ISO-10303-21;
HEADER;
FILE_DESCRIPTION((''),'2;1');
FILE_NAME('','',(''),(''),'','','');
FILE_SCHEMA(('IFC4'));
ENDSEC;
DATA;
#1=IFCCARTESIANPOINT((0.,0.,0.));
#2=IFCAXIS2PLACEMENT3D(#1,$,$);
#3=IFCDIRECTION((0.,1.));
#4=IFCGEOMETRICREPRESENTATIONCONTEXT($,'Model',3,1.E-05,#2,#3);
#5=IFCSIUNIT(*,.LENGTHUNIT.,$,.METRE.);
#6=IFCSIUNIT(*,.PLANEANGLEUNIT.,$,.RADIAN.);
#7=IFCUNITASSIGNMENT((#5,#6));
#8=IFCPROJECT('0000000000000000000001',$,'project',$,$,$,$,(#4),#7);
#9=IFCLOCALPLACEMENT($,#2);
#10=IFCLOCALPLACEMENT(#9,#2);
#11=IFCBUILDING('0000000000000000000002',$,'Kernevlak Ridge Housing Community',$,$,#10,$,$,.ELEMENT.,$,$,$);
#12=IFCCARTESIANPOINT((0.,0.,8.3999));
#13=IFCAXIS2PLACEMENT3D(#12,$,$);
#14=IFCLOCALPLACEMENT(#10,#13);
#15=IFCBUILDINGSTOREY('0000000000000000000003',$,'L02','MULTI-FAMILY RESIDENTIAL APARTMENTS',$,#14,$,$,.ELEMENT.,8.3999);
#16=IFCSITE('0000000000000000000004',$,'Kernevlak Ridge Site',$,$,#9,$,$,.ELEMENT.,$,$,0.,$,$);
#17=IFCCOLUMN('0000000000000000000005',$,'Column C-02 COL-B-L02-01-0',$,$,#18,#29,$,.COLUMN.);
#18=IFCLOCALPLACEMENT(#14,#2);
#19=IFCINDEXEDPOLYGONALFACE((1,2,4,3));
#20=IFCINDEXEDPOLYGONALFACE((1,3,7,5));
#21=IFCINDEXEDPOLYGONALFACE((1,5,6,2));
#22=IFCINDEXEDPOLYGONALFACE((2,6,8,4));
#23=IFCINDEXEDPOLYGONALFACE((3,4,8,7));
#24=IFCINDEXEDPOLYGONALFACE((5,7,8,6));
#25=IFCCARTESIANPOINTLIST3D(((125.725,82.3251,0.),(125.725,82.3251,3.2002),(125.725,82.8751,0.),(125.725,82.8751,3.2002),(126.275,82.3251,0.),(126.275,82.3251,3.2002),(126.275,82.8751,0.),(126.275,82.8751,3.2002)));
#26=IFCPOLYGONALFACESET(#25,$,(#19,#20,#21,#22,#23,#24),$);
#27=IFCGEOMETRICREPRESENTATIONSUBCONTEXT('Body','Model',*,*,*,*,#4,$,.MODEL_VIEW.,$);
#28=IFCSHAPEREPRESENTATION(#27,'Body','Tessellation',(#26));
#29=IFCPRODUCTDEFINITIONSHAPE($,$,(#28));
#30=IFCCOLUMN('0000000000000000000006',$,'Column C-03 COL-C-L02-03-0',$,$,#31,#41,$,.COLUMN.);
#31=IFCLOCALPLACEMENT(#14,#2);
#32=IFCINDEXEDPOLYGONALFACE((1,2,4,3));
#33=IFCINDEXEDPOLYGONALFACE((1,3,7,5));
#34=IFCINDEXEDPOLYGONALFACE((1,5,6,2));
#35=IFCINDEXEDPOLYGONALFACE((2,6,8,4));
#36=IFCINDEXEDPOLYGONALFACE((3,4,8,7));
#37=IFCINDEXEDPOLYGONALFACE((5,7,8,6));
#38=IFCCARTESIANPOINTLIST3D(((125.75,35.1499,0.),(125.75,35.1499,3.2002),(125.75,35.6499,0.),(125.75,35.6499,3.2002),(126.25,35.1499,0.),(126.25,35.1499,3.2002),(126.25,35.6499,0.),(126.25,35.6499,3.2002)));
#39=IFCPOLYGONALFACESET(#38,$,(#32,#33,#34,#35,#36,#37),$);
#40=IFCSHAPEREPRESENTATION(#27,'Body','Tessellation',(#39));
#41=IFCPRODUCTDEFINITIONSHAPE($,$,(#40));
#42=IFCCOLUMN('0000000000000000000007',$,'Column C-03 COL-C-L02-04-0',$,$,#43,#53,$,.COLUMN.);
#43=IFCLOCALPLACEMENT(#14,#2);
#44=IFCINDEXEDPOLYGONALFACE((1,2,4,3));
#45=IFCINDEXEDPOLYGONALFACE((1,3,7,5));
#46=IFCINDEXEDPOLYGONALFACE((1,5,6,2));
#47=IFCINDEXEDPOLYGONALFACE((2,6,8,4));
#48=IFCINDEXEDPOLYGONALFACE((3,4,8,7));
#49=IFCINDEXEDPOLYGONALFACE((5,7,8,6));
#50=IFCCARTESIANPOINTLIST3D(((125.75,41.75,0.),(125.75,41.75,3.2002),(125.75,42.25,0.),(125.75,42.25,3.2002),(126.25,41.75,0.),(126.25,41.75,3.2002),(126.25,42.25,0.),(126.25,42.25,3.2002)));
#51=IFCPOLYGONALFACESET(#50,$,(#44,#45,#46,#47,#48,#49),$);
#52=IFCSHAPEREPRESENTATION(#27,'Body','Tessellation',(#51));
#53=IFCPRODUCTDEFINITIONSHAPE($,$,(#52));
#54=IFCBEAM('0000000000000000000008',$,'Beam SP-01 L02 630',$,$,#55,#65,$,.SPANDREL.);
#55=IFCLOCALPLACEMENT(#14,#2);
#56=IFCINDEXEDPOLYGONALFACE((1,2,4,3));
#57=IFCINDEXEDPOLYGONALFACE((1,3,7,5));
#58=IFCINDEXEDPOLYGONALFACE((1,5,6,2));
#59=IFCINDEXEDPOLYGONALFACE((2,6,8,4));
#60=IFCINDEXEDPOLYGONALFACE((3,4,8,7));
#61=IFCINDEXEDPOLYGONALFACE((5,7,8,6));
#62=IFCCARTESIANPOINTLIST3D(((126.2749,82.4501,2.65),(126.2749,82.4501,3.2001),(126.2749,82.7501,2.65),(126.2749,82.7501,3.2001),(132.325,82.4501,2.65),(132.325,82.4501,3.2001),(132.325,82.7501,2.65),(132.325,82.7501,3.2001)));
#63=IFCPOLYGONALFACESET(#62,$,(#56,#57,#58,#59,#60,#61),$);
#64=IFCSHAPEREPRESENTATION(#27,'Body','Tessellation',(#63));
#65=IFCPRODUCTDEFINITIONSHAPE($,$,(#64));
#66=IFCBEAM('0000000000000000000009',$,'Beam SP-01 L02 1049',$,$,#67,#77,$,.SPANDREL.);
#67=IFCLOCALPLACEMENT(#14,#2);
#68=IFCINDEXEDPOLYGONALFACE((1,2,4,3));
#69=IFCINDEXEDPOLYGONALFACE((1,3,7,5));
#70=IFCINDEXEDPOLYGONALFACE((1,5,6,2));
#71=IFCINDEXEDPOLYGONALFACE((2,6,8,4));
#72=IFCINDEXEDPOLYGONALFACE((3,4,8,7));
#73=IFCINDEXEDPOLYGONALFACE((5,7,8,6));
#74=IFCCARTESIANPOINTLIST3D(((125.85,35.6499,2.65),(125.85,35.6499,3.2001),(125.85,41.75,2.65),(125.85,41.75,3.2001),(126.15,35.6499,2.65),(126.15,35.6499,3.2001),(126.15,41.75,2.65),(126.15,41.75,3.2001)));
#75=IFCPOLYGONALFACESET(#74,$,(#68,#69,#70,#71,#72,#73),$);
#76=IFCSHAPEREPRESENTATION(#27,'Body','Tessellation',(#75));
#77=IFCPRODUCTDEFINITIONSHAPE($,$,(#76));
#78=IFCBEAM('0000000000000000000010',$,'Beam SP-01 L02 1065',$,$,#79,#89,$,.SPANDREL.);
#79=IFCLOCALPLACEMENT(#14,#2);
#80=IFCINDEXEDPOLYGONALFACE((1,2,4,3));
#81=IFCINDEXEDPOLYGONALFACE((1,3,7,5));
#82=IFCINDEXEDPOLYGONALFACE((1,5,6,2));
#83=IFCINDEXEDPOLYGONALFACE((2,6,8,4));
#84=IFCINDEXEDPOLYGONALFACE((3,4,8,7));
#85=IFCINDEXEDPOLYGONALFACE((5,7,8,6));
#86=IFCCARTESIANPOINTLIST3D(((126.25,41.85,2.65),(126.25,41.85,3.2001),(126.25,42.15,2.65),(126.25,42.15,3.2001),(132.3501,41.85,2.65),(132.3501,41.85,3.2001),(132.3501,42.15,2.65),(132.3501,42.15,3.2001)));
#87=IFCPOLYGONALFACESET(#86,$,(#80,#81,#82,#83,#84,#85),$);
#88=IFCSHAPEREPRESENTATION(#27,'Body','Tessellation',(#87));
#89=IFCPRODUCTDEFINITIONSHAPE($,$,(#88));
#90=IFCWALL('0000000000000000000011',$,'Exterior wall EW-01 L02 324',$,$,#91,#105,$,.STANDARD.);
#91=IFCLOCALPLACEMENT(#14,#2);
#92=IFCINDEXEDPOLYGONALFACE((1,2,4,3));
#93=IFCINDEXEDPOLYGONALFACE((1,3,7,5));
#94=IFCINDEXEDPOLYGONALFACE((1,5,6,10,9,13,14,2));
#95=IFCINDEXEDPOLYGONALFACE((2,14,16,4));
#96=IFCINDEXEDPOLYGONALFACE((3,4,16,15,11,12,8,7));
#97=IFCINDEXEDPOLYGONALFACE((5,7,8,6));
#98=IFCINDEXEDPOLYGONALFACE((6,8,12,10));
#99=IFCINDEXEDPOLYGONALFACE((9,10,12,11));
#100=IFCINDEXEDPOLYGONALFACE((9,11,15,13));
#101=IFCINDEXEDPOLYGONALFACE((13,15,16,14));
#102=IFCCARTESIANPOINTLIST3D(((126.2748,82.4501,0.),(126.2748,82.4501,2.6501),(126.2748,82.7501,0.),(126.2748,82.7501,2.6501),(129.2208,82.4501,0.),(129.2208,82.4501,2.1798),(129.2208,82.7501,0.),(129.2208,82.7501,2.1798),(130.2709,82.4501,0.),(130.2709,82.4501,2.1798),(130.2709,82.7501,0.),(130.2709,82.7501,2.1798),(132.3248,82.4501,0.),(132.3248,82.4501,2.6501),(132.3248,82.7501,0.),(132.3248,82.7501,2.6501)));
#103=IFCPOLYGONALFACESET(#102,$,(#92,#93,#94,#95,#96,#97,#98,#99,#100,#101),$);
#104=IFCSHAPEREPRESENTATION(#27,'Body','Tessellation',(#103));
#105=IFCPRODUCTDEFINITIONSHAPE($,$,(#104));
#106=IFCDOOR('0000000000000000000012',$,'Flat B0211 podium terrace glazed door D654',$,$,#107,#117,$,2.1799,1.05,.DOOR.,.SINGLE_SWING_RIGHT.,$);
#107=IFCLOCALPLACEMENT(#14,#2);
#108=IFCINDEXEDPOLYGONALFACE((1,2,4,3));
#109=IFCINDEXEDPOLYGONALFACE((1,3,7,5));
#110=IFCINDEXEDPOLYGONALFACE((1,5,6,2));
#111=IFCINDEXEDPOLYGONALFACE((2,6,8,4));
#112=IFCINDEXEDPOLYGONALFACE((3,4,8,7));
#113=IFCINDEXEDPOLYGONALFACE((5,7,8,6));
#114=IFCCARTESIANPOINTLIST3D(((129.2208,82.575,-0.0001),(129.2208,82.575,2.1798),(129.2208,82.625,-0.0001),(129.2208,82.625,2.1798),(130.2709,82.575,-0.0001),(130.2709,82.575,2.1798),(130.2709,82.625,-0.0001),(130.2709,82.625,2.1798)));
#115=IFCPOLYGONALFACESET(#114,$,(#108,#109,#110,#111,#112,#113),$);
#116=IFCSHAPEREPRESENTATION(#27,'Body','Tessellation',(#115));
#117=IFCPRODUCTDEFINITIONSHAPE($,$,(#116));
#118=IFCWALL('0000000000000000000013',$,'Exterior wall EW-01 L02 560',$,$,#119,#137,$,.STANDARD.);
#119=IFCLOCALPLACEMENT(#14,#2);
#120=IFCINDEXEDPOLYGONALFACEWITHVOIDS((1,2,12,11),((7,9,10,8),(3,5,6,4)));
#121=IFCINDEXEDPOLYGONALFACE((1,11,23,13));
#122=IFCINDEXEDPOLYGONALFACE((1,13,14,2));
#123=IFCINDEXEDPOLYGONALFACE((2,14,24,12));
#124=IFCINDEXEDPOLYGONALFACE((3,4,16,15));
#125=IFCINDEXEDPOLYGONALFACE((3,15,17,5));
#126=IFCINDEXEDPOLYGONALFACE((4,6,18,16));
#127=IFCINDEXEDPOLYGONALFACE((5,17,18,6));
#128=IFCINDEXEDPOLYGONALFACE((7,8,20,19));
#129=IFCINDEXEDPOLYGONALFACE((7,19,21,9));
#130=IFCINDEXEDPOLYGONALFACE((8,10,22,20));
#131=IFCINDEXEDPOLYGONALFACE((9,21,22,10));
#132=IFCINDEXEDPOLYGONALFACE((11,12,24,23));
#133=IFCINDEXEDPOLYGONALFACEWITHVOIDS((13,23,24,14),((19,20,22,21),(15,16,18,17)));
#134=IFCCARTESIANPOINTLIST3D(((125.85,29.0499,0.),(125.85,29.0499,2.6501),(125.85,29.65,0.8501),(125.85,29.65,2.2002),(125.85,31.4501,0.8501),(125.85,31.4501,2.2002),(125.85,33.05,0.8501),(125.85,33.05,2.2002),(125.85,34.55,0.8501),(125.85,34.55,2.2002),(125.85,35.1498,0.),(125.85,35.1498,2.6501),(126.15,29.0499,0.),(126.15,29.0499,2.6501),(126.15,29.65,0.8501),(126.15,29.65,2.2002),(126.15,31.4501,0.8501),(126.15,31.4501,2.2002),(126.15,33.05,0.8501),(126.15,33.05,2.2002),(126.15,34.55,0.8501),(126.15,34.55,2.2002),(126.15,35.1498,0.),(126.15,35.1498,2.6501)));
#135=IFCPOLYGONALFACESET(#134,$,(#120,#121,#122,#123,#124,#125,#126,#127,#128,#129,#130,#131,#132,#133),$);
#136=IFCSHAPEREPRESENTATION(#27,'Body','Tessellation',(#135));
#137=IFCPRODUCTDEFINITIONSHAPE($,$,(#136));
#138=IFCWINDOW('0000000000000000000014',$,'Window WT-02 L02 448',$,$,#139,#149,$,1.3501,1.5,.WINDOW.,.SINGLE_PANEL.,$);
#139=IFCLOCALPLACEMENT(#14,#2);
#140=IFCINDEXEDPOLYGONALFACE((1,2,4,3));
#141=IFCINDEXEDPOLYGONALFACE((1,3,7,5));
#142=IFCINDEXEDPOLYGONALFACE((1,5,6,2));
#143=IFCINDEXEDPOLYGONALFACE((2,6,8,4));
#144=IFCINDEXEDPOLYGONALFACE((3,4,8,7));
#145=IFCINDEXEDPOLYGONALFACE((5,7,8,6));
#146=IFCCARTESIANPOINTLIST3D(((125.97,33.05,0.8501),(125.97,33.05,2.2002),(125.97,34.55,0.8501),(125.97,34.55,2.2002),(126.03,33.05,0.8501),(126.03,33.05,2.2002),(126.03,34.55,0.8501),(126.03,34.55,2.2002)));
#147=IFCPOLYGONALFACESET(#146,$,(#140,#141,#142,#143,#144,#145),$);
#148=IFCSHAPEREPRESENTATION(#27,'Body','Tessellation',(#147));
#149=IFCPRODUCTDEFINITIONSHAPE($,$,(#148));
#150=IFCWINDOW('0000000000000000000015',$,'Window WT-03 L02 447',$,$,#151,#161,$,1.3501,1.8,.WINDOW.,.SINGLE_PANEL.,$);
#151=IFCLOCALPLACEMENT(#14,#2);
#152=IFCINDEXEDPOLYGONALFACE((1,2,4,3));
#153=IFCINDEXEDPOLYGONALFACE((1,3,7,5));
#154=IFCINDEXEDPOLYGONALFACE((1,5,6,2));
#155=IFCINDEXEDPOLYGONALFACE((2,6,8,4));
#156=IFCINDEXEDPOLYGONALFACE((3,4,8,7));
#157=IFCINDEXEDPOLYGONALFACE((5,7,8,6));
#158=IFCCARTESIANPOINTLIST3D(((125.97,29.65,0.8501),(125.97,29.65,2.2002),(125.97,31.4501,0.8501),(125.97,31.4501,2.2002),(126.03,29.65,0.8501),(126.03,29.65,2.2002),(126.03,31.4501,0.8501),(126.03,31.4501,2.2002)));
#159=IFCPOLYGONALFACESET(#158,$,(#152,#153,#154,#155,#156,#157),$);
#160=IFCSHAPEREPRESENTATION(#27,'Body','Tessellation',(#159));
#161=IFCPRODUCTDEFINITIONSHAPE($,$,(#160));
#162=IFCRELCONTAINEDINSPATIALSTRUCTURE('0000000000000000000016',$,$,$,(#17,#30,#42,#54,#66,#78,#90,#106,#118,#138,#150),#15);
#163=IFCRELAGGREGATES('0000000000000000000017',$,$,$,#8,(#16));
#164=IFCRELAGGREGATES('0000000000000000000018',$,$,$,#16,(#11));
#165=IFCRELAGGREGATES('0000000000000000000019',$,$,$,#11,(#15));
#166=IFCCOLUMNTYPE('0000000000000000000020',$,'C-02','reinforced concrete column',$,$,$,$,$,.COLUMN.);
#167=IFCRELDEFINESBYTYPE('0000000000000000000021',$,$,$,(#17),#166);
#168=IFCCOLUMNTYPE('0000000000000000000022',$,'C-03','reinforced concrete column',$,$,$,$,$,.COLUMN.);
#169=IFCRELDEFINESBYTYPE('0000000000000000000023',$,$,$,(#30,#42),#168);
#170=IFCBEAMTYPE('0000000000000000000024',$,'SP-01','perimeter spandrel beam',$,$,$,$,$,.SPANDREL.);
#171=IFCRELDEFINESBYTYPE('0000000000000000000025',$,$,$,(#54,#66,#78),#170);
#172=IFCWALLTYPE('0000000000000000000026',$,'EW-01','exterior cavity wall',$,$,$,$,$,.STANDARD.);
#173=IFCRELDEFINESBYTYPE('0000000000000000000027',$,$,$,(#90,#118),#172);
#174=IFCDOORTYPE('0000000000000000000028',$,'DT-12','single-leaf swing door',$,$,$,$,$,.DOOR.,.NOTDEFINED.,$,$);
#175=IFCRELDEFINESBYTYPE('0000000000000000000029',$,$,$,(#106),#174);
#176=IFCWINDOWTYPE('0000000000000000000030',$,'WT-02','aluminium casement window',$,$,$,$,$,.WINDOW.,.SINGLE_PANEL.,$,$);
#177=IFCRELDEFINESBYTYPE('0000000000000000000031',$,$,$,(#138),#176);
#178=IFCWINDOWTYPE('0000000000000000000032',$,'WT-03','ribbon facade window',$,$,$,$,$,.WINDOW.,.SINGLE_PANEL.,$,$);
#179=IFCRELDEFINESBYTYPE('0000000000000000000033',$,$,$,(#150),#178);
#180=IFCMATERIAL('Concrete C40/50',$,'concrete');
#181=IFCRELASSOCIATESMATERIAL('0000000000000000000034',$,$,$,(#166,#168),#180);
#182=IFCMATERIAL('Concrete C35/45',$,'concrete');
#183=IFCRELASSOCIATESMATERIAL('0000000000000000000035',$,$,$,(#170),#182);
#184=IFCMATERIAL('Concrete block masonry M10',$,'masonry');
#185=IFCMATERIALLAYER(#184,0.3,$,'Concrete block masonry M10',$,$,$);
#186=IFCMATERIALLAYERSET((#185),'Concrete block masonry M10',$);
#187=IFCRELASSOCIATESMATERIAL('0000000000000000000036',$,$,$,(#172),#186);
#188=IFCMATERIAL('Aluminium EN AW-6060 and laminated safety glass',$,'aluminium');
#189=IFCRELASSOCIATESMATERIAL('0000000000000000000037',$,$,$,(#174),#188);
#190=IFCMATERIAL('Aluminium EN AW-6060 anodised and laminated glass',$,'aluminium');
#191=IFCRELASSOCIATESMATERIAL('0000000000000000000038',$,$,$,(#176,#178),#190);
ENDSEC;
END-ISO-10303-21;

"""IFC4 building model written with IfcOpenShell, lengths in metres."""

from ifc_helpers import new_model, si_unit, direction, frame, frame_2d, origin, origin_2d, place, context, subcontext, project, spatial, rectangle, extrude, material, layer, layer_set, material_profile, profile_set, type_object, element, fill, save


model = new_model("IFC4")

# Units and contexts
model_context = context("Model", 3, precision=1e-05, world=origin(), true_north=direction((0.0, 1.0)))
body_context = subcontext(model_context, "Body", "Model", "MODEL_VIEW")
ifc_project = project(units=[si_unit("LENGTHUNIT", "METRE"), si_unit("PLANEANGLEUNIT", "RADIAN")], contexts=[model_context])

# Site, building, storey
site_placement = place(None, origin())
site = spatial("IfcSite", under=ifc_project, at=site_placement, Name="Kernevlak Ridge Site", CompositionType="ELEMENT", RefElevation=0.0)
building_placement = place(site_placement, origin())
building = spatial("IfcBuilding", under=site, at=building_placement, Name="Kernevlak Ridge Housing Community", CompositionType="ELEMENT")
storey_placement = place(building_placement, frame((0.0, 0.0, 8.3999)))
storey = spatial("IfcBuildingStorey", under=building, at=storey_placement, Name="L02", Description="MULTI-FAMILY RESIDENTIAL APARTMENTS", CompositionType="ELEMENT", Elevation=8.3999)

# Columns
ifc_material_1 = material(Name="Concrete C40/50", Category="concrete")
ifc_material_profile_1 = material_profile(ifc_material_1, rectangle(XDim=0.55, YDim=0.55, at=origin_2d()), Name="RC 550x550")
ifc_profile_set_1 = profile_set([ifc_material_profile_1], Name="Concrete C40/50")
column_type_1 = type_object("IfcColumnType", Name="C-02", Description="reinforced concrete column", PredefinedType="COLUMN", material=ifc_profile_set_1)
column_placement = place(storey_placement, frame((126.0, 82.6001, 0.0), z_axis=(0.0, 0.0, 1.0), x_axis=(1.0, 0.0, 0.0)))
element("IfcColumn", 1, at=column_placement, inside=storey, type_object=column_type_1, Name="Column C-02 COL-B-L02-01-0", PredefinedType="COLUMN", context=body_context, shape_type="SweptSolid", body=[
    extrude(rectangle(XDim=0.55, YDim=0.55, at=origin_2d()), origin(), (0.0, 0.0, 1.0), 3.2002),
])
ifc_material_profile_2 = material_profile(ifc_material_1, rectangle(XDim=0.5, YDim=0.5, at=origin_2d()), Name="RC 500x500")
ifc_profile_set_2 = profile_set([ifc_material_profile_2], Name="Concrete C40/50")
column_type_2 = type_object("IfcColumnType", Name="C-03", Description="reinforced concrete column", PredefinedType="COLUMN", material=ifc_profile_set_2)
for number, where, z_axis, x_axis, name in (
    (2, (126.0, 35.3999, 0.0), (0.0, 0.0, 1.0), (1.0, 0.0, 0.0), "Column C-03 COL-C-L02-03-0"),
    (3, (126.0, 42.0, 0.0), (0.0, 0.0, 1.0), (1.0, 0.0, 0.0), "Column C-03 COL-C-L02-04-0"),
):
    element("IfcColumn", number, at=place(storey_placement, frame(where, z_axis=z_axis, x_axis=x_axis)), inside=storey, type_object=column_type_2, Name=name, PredefinedType="COLUMN", context=body_context, shape_type="SweptSolid", body=[
        extrude(rectangle(XDim=0.5, YDim=0.5, at=origin_2d()), origin(), (0.0, 0.0, 1.0), 3.2002),
    ])

# Beams
ifc_material_2 = material(Name="Concrete C35/45", Category="concrete")
ifc_material_profile_3 = material_profile(ifc_material_2, rectangle(XDim=0.3, YDim=0.55, at=origin_2d()), Name="RC 300x550")
ifc_profile_set_3 = profile_set([ifc_material_profile_3], Name="Concrete C35/45")
beam_type = type_object("IfcBeamType", Name="SP-01", Description="perimeter spandrel beam", PredefinedType="SPANDREL", material=ifc_profile_set_3)
beam_placement = place(storey_placement, frame((126.2749, 82.6001, 2.925), z_axis=(1.0, 0.0, 0.0), x_axis=(0.0, 1.0, 0.0)))
element("IfcBeam", 4, at=beam_placement, inside=storey, type_object=beam_type, Name="Beam SP-01 L02 630", PredefinedType="SPANDREL", context=body_context, shape_type="SweptSolid", body=[
    extrude(rectangle(XDim=0.3, YDim=0.55, at=origin_2d()), origin(), (0.0, 0.0, 1.0), 6.05),
])
for number, where, z_axis, x_axis, name in (
    (5, (126.0, 35.6499, 2.925), (0.0, 1.0, 0.0), (-1.0, 0.0, 0.0), "Beam SP-01 L02 1049"),
    (6, (126.25, 42.0, 2.925), (1.0, 0.0, 0.0), (0.0, 1.0, 0.0), "Beam SP-01 L02 1065"),
):
    element("IfcBeam", number, at=place(storey_placement, frame(where, z_axis=z_axis, x_axis=x_axis)), inside=storey, type_object=beam_type, Name=name, PredefinedType="SPANDREL", context=body_context, shape_type="SweptSolid", body=[
        extrude(rectangle(XDim=0.3, YDim=0.55, at=origin_2d()), origin(), (0.0, 0.0, 1.0), 6.1001),
    ])

# Wall, opening, door
ifc_material_3 = material(Name="Concrete block masonry M10", Category="masonry")
ifc_layer_1 = layer(ifc_material_3, 0.3, Name="Concrete block masonry M10")
ifc_layer_set_1 = layer_set([ifc_layer_1], Name="Concrete block masonry M10")
wall_type_1 = type_object("IfcWallType", Name="EW-01", Description="exterior cavity wall", PredefinedType="STANDARD", material=ifc_layer_set_1)
wall_1_placement = place(storey_placement, frame((126.2749, 82.6001, 0.0), z_axis=(0.0, 0.0, 1.0), x_axis=(1.0, 0.0, 0.0)))
wall_1 = element("IfcWall", 7, at=wall_1_placement, inside=storey, type_object=wall_type_1, Name="Exterior wall EW-01 L02 324", PredefinedType="STANDARD", context=body_context, shape_type="SweptSolid", body=[
    extrude(rectangle(XDim=6.05, YDim=0.3, at=frame_2d((3.0249, 0.0))), origin(), (0.0, 0.0, 1.0), 2.6501),
])
opening_1_placement = place(wall_1_placement, frame((2.946, 0.0, 0.0)))
opening_1 = element("IfcOpeningElement", 8, at=opening_1_placement, cuts=wall_1, PredefinedType="OPENING", context=body_context, shape_type="SweptSolid", body=[
    extrude(rectangle(XDim=1.05, YDim=2.1799, at=frame_2d((0.5249, 1.0898))), frame((0.0, 0.1599, 0.0), z_axis=(0.0, -1.0, 0.0), x_axis=(1.0, 0.0, 0.0)), (0.0, 0.0, 1.0), 0.3201),
])
ifc_material_4 = material(Name="Aluminium EN AW-6060 and laminated safety glass", Category="aluminium")
door_type = type_object("IfcDoorType", Name="DT-12", Description="single-leaf swing door", OperationType="NOTDEFINED", PredefinedType="DOOR", material=ifc_material_4)
door_placement = place(opening_1_placement, origin())
door = element("IfcDoor", 9, at=door_placement, inside=storey, type_object=door_type, Name="Flat B0211 podium terrace glazed door D654", OperationType="SINGLE_SWING_RIGHT", OverallHeight=2.1799, OverallWidth=1.05, PredefinedType="DOOR", context=body_context, shape_type="SweptSolid", body=[
    extrude(rectangle(XDim=1.05, YDim=2.1799, at=frame_2d((0.5249, 1.0898))), frame((0.0, 0.0249, 0.0), z_axis=(0.0, -1.0, 0.0), x_axis=(1.0, 0.0, 0.0)), (0.0, 0.0, 1.0), 0.05),
])
fill(opening_1, door)

# Wall, openings, windows
wall_2_placement = place(storey_placement, frame((126.0, 29.05, 0.0), z_axis=(0.0, 0.0, 1.0), x_axis=(0.0, 1.0, 0.0)))
wall_2 = element("IfcWall", 10, at=wall_2_placement, inside=storey, type_object=wall_type_1, Name="Exterior wall EW-01 L02 560", PredefinedType="STANDARD", context=body_context, shape_type="SweptSolid", body=[
    extrude(rectangle(XDim=6.0999, YDim=0.3, at=frame_2d((3.0498, 0.0))), origin(), (0.0, 0.0, 1.0), 2.6501),
])
opening_2_placement = place(wall_2_placement, frame((0.6001, 0.0, 0.8501)))
opening_2 = element("IfcOpeningElement", 11, at=opening_2_placement, cuts=wall_2, PredefinedType="OPENING", context=body_context, shape_type="SweptSolid", body=[
    extrude(rectangle(XDim=1.8, YDim=1.3501, at=frame_2d((0.8999, 0.675))), frame((0.0, 0.1599, 0.0), z_axis=(0.0, -1.0, 0.0), x_axis=(1.0, 0.0, 0.0)), (0.0, 0.0, 1.0), 0.3201),
])
opening_3_placement = place(wall_2_placement, frame((4.0, 0.0, 0.8501)))
opening_3 = element("IfcOpeningElement", 12, at=opening_3_placement, cuts=wall_2, PredefinedType="OPENING", context=body_context, shape_type="SweptSolid", body=[
    extrude(rectangle(XDim=1.5, YDim=1.3501, at=frame_2d((0.75, 0.675))), frame((0.0, 0.1599, 0.0), z_axis=(0.0, -1.0, 0.0), x_axis=(1.0, 0.0, 0.0)), (0.0, 0.0, 1.0), 0.3201),
])
ifc_material_5 = material(Name="Aluminium EN AW-6060 anodised and laminated glass", Category="aluminium")
window_type_1 = type_object("IfcWindowType", Name="WT-02", Description="aluminium casement window", PartitioningType="SINGLE_PANEL", PredefinedType="WINDOW", material=ifc_material_5)
window_1_placement = place(opening_3_placement, origin())
window_1 = element("IfcWindow", 13, at=window_1_placement, inside=storey, type_object=window_type_1, Name="Window WT-02 L02 448", OverallHeight=1.3501, OverallWidth=1.5, PartitioningType="SINGLE_PANEL", PredefinedType="WINDOW", context=body_context, shape_type="SweptSolid", body=[
    extrude(rectangle(XDim=1.5, YDim=1.3501, at=frame_2d((0.75, 0.675))), frame((0.0, 0.03, 0.0), z_axis=(0.0, -1.0, 0.0), x_axis=(1.0, 0.0, 0.0)), (0.0, 0.0, 1.0), 0.0601),
])
fill(opening_3, window_1)
window_type_2 = type_object("IfcWindowType", Name="WT-03", Description="ribbon facade window", PartitioningType="SINGLE_PANEL", PredefinedType="WINDOW", material=ifc_material_5)
window_2_placement = place(opening_2_placement, origin())
window_2 = element("IfcWindow", 14, at=window_2_placement, inside=storey, type_object=window_type_2, Name="Window WT-03 L02 447", OverallHeight=1.3501, OverallWidth=1.8, PartitioningType="SINGLE_PANEL", PredefinedType="WINDOW", context=body_context, shape_type="SweptSolid", body=[
    extrude(rectangle(XDim=1.8, YDim=1.3501, at=frame_2d((0.8999, 0.675))), frame((0.0, 0.03, 0.0), z_axis=(0.0, -1.0, 0.0), x_axis=(1.0, 0.0, 0.0)), (0.0, 0.0, 1.0), 0.0601),
])
fill(opening_2, window_2)

save(model, "model.ifc")
